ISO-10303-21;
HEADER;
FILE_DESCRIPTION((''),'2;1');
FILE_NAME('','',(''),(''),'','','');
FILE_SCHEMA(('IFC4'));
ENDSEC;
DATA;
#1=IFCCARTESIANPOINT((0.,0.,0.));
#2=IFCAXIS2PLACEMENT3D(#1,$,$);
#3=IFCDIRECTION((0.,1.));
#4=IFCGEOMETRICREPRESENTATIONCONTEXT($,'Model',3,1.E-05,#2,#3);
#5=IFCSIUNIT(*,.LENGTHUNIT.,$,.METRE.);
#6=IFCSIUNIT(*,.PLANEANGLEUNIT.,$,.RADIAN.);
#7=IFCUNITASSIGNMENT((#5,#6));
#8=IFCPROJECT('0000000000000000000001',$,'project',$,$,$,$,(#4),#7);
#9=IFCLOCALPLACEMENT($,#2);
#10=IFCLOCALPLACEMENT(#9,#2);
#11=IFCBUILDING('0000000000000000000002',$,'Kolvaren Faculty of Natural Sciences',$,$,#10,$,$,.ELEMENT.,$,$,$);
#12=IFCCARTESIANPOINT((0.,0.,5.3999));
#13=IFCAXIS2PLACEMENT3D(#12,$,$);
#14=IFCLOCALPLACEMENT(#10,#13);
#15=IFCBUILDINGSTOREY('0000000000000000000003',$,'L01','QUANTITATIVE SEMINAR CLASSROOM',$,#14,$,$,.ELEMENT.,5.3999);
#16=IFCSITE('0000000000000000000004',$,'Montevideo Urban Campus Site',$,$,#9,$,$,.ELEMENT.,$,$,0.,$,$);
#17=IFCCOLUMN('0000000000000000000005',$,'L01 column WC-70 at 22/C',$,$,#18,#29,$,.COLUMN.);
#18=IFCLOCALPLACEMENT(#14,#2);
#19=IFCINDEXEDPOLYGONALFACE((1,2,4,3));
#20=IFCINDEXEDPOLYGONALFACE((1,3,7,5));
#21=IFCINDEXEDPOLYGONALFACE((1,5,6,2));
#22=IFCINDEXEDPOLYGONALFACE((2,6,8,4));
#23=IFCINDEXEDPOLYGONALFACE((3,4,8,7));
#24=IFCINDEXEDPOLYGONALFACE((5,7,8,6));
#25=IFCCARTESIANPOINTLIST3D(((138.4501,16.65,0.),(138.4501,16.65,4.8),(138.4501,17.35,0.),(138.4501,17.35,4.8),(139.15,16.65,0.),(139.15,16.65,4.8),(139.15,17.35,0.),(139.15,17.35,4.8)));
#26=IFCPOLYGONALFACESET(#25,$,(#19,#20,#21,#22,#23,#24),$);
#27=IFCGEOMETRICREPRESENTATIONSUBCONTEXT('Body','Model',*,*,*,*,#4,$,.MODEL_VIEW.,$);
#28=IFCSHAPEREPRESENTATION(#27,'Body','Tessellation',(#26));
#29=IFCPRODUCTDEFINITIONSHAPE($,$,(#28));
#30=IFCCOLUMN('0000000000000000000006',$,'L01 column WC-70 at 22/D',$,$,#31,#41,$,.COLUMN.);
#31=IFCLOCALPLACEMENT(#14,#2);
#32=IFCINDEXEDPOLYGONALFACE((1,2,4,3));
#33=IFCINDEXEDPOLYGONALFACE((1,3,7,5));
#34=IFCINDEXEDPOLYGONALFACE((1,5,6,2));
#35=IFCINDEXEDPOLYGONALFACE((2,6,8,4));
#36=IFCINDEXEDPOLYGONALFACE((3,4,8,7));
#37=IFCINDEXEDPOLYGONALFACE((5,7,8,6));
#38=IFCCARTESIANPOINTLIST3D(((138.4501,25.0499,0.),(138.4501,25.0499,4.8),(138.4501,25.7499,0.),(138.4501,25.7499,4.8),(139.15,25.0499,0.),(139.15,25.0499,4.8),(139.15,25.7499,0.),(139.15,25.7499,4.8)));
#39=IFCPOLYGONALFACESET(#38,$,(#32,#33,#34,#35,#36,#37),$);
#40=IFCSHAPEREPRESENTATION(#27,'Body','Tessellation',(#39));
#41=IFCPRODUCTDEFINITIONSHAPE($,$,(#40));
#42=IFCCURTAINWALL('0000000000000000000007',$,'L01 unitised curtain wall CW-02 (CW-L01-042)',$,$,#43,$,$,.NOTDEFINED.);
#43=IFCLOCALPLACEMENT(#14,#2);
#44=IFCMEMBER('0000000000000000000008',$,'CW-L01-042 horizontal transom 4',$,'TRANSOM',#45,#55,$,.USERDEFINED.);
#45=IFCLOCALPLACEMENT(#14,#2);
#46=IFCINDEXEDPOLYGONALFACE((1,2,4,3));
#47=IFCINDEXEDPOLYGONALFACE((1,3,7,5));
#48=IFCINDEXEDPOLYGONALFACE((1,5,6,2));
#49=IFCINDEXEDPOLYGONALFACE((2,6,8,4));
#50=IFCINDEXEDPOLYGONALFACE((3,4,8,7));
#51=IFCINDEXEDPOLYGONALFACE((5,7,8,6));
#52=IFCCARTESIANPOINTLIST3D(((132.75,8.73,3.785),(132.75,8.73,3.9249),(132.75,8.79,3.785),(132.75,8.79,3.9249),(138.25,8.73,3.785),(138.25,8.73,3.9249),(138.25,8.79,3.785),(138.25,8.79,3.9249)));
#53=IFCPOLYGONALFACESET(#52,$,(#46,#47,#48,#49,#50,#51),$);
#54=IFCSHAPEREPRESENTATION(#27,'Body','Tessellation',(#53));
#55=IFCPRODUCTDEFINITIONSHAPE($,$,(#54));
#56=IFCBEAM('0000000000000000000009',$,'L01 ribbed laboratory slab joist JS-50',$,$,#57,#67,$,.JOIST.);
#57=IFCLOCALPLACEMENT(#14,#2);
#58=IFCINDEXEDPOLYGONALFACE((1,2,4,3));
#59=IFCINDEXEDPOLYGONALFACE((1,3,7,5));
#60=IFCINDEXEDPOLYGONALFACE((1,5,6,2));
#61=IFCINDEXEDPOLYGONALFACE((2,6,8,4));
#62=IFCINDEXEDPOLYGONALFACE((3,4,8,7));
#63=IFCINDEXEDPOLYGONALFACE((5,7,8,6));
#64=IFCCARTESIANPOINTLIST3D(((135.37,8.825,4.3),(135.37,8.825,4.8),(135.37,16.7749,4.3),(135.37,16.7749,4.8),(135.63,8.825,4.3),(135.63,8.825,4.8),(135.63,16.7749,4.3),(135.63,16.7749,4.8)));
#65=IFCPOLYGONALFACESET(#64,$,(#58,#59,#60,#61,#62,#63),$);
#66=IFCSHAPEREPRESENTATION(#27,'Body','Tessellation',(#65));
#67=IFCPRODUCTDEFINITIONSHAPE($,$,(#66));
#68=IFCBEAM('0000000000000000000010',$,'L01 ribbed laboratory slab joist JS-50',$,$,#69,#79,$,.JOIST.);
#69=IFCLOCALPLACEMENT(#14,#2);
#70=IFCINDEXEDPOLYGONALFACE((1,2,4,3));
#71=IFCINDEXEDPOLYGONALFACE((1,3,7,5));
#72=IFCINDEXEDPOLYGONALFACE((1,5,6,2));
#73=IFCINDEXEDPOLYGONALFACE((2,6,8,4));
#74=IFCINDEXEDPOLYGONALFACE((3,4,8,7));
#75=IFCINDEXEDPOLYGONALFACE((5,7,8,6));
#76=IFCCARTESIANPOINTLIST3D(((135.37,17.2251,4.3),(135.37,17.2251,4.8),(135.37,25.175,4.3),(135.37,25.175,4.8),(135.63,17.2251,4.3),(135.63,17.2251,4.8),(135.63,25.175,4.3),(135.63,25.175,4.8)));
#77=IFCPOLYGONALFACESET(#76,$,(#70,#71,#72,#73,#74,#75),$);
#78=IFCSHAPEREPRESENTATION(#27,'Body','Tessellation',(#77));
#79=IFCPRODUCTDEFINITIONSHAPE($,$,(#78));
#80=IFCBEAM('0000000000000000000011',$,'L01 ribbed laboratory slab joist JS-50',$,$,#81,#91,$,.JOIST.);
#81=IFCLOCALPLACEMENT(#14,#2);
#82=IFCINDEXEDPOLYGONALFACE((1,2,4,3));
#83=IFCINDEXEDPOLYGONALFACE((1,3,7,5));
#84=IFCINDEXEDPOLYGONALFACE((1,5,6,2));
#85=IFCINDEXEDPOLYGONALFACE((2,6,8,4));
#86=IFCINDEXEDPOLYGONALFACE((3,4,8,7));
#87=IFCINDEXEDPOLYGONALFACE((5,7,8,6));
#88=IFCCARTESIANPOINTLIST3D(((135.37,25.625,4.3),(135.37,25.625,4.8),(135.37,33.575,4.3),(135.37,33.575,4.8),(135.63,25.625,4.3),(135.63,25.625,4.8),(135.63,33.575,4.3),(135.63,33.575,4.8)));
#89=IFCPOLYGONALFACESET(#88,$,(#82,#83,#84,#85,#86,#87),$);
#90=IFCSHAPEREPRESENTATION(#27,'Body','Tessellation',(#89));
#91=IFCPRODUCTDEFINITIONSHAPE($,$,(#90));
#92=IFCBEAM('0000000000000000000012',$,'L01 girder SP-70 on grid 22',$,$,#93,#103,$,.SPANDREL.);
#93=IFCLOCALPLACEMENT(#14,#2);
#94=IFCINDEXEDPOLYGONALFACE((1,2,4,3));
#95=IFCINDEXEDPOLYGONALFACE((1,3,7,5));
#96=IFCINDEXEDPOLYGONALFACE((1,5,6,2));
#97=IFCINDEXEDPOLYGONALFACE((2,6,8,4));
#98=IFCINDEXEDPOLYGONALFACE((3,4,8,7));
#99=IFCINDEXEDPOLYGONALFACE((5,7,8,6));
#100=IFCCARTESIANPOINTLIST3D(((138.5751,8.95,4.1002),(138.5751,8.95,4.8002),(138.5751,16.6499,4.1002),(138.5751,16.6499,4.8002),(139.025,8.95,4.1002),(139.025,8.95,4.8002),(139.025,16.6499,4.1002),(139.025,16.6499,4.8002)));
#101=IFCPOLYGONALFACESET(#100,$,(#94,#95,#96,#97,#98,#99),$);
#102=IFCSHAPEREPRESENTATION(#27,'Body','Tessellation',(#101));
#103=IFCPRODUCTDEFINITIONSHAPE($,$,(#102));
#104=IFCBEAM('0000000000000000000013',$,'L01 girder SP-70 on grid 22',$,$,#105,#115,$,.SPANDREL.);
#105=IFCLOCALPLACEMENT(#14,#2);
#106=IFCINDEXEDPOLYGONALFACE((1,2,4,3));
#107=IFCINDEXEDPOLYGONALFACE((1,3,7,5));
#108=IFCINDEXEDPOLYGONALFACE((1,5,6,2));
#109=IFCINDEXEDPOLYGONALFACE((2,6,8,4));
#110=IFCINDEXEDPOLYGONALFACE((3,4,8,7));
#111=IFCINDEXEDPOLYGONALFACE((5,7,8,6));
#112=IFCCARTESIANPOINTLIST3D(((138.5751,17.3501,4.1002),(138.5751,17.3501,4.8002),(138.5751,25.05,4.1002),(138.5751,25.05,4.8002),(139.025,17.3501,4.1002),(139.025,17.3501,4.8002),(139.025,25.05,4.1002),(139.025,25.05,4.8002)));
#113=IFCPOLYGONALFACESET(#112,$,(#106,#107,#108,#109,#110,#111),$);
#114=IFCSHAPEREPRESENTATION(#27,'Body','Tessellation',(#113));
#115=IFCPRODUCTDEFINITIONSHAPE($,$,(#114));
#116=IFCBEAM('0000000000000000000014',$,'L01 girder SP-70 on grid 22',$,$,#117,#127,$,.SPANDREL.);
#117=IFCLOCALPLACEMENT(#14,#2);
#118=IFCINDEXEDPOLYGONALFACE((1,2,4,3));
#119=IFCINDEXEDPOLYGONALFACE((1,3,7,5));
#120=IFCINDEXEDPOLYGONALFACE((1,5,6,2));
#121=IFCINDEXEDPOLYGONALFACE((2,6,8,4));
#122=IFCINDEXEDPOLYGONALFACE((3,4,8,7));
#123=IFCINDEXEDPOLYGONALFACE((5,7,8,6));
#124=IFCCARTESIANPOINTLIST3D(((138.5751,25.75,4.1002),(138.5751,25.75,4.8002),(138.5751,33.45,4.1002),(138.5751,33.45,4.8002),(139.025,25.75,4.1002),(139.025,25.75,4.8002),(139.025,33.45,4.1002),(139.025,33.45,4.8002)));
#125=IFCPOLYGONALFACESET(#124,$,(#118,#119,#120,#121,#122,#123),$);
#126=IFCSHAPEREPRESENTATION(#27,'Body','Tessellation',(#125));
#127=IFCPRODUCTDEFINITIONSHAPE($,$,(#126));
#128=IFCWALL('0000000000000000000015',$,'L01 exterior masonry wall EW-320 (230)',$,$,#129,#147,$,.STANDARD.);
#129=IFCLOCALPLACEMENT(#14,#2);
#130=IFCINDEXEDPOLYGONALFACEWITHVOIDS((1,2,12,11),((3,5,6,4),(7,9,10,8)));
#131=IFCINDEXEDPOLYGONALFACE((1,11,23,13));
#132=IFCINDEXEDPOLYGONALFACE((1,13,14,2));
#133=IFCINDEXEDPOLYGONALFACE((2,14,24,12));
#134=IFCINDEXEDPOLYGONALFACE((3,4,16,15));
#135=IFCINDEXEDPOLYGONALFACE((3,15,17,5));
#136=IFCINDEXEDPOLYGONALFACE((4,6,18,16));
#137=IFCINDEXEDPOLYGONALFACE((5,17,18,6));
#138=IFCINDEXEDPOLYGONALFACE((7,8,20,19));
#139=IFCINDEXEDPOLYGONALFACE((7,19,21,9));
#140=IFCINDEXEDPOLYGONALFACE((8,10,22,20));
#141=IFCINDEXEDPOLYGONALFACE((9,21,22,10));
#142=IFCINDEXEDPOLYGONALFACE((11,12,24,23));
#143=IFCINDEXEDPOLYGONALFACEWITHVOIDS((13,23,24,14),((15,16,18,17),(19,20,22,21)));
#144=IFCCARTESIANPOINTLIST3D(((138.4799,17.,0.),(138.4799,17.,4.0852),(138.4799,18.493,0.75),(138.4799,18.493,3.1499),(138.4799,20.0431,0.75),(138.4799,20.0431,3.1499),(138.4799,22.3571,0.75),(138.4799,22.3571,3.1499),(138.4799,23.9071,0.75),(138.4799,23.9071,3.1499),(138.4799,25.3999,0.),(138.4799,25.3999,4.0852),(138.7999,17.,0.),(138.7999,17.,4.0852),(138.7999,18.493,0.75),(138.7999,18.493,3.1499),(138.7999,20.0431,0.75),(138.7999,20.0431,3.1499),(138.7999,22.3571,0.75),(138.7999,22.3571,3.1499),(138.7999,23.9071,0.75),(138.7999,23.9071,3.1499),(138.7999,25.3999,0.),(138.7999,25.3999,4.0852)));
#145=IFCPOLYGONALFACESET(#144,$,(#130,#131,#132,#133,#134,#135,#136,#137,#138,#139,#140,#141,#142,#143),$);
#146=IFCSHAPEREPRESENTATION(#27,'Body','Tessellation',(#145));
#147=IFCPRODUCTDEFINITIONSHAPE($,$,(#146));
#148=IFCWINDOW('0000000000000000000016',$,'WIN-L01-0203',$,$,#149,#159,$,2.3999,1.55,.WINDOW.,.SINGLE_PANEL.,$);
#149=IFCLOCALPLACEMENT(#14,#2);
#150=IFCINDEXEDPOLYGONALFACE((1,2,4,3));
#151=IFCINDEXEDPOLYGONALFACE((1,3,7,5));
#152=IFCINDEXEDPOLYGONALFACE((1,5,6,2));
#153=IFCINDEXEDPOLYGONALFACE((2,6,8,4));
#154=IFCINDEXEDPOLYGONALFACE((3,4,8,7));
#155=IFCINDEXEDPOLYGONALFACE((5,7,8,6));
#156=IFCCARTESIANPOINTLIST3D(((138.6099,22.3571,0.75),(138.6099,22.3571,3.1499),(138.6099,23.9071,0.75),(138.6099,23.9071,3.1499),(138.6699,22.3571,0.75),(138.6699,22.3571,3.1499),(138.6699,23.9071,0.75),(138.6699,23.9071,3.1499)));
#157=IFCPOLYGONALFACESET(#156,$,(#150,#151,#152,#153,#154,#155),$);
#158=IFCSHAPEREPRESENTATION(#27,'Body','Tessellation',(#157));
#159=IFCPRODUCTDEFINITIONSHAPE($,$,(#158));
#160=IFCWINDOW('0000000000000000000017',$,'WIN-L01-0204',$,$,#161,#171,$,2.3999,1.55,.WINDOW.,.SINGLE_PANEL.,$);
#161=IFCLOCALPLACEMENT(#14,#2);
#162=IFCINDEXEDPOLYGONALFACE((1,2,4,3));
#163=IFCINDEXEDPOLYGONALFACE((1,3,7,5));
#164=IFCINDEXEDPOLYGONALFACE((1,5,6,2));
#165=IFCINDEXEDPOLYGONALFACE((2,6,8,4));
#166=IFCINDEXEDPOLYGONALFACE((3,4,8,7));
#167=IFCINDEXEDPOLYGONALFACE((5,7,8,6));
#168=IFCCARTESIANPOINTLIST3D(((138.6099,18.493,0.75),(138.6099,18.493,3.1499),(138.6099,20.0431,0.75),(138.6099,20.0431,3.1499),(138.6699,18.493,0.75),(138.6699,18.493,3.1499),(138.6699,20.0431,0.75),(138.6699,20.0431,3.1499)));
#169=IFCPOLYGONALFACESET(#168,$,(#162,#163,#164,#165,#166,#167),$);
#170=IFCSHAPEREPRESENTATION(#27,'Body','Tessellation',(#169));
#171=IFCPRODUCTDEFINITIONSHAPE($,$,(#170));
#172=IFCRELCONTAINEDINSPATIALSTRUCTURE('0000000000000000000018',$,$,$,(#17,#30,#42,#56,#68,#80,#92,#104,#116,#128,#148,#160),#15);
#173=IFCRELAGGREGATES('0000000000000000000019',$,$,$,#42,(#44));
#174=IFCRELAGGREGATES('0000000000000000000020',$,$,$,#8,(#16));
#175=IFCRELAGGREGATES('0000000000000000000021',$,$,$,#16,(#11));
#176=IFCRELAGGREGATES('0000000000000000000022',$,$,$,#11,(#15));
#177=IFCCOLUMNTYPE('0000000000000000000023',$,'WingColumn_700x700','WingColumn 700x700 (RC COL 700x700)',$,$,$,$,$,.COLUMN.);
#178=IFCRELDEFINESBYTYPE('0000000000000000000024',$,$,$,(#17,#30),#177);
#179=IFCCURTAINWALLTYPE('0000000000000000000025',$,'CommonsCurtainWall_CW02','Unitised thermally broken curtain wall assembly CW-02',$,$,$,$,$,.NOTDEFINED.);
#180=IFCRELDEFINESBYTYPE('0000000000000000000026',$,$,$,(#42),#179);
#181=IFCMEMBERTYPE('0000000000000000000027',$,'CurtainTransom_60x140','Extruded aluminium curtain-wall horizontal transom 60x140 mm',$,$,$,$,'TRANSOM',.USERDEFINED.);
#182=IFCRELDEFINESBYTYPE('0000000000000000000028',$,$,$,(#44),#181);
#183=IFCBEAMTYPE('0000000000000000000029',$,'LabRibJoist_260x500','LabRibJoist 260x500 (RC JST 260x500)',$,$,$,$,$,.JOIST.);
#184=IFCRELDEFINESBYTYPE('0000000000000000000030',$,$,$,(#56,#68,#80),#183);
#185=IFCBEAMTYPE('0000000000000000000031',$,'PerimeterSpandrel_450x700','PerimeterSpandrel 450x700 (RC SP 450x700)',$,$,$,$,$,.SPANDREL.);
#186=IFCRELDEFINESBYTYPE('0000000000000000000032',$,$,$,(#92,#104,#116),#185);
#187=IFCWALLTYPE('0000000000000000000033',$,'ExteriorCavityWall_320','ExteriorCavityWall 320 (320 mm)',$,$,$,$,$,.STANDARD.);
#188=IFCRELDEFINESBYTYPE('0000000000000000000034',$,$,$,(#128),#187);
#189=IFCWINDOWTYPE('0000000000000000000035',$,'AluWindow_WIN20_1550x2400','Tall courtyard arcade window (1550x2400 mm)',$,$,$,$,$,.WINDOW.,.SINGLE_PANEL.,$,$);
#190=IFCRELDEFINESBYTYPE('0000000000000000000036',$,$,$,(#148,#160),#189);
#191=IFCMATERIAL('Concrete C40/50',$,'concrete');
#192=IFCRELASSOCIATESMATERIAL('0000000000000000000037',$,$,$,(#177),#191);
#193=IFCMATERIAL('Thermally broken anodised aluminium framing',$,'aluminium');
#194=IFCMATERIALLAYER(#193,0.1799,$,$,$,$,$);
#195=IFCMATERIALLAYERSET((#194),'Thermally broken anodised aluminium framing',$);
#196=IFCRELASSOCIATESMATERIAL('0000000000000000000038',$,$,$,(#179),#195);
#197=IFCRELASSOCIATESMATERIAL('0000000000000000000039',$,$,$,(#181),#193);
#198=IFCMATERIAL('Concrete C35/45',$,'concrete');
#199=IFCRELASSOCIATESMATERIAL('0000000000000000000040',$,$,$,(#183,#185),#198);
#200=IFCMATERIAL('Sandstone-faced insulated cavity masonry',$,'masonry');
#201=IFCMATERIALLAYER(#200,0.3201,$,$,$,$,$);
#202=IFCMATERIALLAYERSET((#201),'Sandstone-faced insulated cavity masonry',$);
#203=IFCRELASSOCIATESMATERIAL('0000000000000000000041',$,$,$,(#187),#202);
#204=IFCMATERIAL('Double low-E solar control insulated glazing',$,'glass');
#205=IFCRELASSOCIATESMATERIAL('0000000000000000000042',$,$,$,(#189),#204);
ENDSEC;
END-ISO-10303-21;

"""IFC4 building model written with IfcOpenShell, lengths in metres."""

from ifc_helpers import new_model, si_unit, direction, frame, frame_2d, origin, origin_2d, place, context, subcontext, project, spatial, rectangle, extrude, material, layer, layer_set, material_profile, profile_set, type_object, element, fill, aggregate, save


model = new_model("IFC4")

# Units and contexts
model_context = context("Model", 3, precision=1e-05, world=origin(), true_north=direction((0.0, 1.0)))
body_context = subcontext(model_context, "Body", "Model", "MODEL_VIEW")
ifc_project = project(units=[si_unit("LENGTHUNIT", "METRE"), si_unit("PLANEANGLEUNIT", "RADIAN")], contexts=[model_context])

# Site, building, storey
site_placement = place(None, origin())
site = spatial("IfcSite", under=ifc_project, at=site_placement, Name="Montevideo Urban Campus Site", CompositionType="ELEMENT", RefElevation=0.0)
building_placement = place(site_placement, origin())
building = spatial("IfcBuilding", under=site, at=building_placement, Name="Kolvaren Faculty of Natural Sciences", CompositionType="ELEMENT")
storey_placement = place(building_placement, frame((0.0, 0.0, 5.3999)))
storey = spatial("IfcBuildingStorey", under=building, at=storey_placement, Name="L01", Description="QUANTITATIVE SEMINAR CLASSROOM", CompositionType="ELEMENT", Elevation=5.3999)

# Columns
ifc_material_1 = material(Name="Concrete C40/50", Category="concrete")
ifc_material_profile_1 = material_profile(ifc_material_1, rectangle(XDim=0.7, YDim=0.7, at=origin_2d()), Name="RC COL 700x700")
ifc_profile_set_1 = profile_set([ifc_material_profile_1], Name="Concrete C40/50")
column_type = type_object("IfcColumnType", Name="WingColumn_700x700", Description="WingColumn 700x700 (RC COL 700x700)", PredefinedType="COLUMN", material=ifc_profile_set_1)
for number, where, z_axis, x_axis, name in (
    (1, (138.8, 17.0, 0.0), (0.0, 0.0, 1.0), (1.0, 0.0, 0.0), "L01 column WC-70 at 22/C"),
    (2, (138.8, 25.3999, 0.0), (0.0, 0.0, 1.0), (1.0, 0.0, 0.0), "L01 column WC-70 at 22/D"),
):
    element("IfcColumn", number, at=place(storey_placement, frame(where, z_axis=z_axis, x_axis=x_axis)), inside=storey, type_object=column_type, Name=name, PredefinedType="COLUMN", context=body_context, shape_type="SweptSolid", body=[
        extrude(rectangle(XDim=0.7, YDim=0.7, at=origin_2d()), origin(), (0.0, 0.0, 1.0), 4.8),
    ])

# Curtain wall, member
ifc_material_2 = material(Name="Thermally broken anodised aluminium framing", Category="aluminium")
ifc_layer_1 = layer(ifc_material_2, 0.1799)
ifc_layer_set_1 = layer_set([ifc_layer_1], Name="Thermally broken anodised aluminium framing")
curtain_wall_type = type_object("IfcCurtainWallType", Name="CommonsCurtainWall_CW02", Description="Unitised thermally broken curtain wall assembly CW-02", PredefinedType="NOTDEFINED", material=ifc_layer_set_1)
curtain_wall_placement = place(storey_placement, origin())
curtain_wall = element("IfcCurtainWall", 3, at=curtain_wall_placement, inside=storey, type_object=curtain_wall_type, Name="L01 unitised curtain wall CW-02 (CW-L01-042)", PredefinedType="NOTDEFINED")
ifc_material_profile_2 = material_profile(ifc_material_2, rectangle(XDim=0.0601, YDim=0.1399, at=origin_2d()), Name="ALU TRN 60x140")
ifc_profile_set_2 = profile_set([ifc_material_profile_2], Name="Thermally broken anodised aluminium framing")
member_type = type_object("IfcMemberType", Name="CurtainTransom_60x140", Description="Extruded aluminium curtain-wall horizontal transom 60x140 mm", ElementType="TRANSOM", PredefinedType="USERDEFINED", material=ifc_profile_set_2)
member_placement = place(storey_placement, frame((138.25, 8.76, 3.855), z_axis=(-1.0, 0.0, 0.0), x_axis=(0.0, -1.0, 0.0)))
member = element("IfcMember", 4, at=member_placement, type_object=member_type, Name="CW-L01-042 horizontal transom 4", ObjectType="TRANSOM", PredefinedType="USERDEFINED", context=body_context, shape_type="SweptSolid", body=[
    extrude(rectangle(XDim=0.0601, YDim=0.1399, at=origin_2d()), origin(), (0.0, 0.0, 1.0), 5.5),
])
aggregate(curtain_wall, [member])

# Beams
ifc_material_3 = material(Name="Concrete C35/45", Category="concrete")
ifc_material_profile_3 = material_profile(ifc_material_3, rectangle(XDim=0.26, YDim=0.5, at=origin_2d()), Name="RC JST 260x500")
ifc_profile_set_3 = profile_set([ifc_material_profile_3], Name="Concrete C35/45")
beam_type_1 = type_object("IfcBeamType", Name="LabRibJoist_260x500", Description="LabRibJoist 260x500 (RC JST 260x500)", PredefinedType="JOIST", material=ifc_profile_set_3)
for number, where, z_axis, x_axis, name in (
    (5, (135.5, 8.825, 4.55), (0.0, 1.0, 0.0), (-1.0, 0.0, 0.0), "L01 ribbed laboratory slab joist JS-50"),
    (6, (135.5, 17.2251, 4.55), (0.0, 1.0, 0.0), (-1.0, 0.0, 0.0), "L01 ribbed laboratory slab joist JS-50"),
    (7, (135.5, 25.625, 4.55), (0.0, 1.0, 0.0), (-1.0, 0.0, 0.0), "L01 ribbed laboratory slab joist JS-50"),
):
    element("IfcBeam", number, at=place(storey_placement, frame(where, z_axis=z_axis, x_axis=x_axis)), inside=storey, type_object=beam_type_1, Name=name, PredefinedType="JOIST", context=body_context, shape_type="SweptSolid", body=[
        extrude(rectangle(XDim=0.26, YDim=0.5, at=origin_2d()), origin(), (0.0, 0.0, 1.0), 7.95),
    ])
ifc_material_profile_4 = material_profile(ifc_material_3, rectangle(XDim=0.45, YDim=0.7, at=origin_2d()), Name="RC SP 450x700")
ifc_profile_set_4 = profile_set([ifc_material_profile_4], Name="Concrete C35/45")
beam_type_2 = type_object("IfcBeamType", Name="PerimeterSpandrel_450x700", Description="PerimeterSpandrel 450x700 (RC SP 450x700)", PredefinedType="SPANDREL", material=ifc_profile_set_4)
for number, where, z_axis, x_axis, name in (
    (8, (138.8, 8.95, 4.4502), (0.0, 1.0, 0.0), (-1.0, 0.0, 0.0), "L01 girder SP-70 on grid 22"),
    (9, (138.8, 17.3501, 4.4502), (0.0, 1.0, 0.0), (-1.0, 0.0, 0.0), "L01 girder SP-70 on grid 22"),
    (10, (138.8, 25.75, 4.4502), (0.0, 1.0, 0.0), (-1.0, 0.0, 0.0), "L01 girder SP-70 on grid 22"),
):
    element("IfcBeam", number, at=place(storey_placement, frame(where, z_axis=z_axis, x_axis=x_axis)), inside=storey, type_object=beam_type_2, Name=name, PredefinedType="SPANDREL", context=body_context, shape_type="SweptSolid", body=[
        extrude(rectangle(XDim=0.45, YDim=0.7, at=origin_2d()), origin(), (0.0, 0.0, 1.0), 7.7),
    ])

# Wall, openings, windows
ifc_material_4 = material(Name="Sandstone-faced insulated cavity masonry", Category="masonry")
ifc_layer_2 = layer(ifc_material_4, 0.3201)
ifc_layer_set_2 = layer_set([ifc_layer_2], Name="Sandstone-faced insulated cavity masonry")
wall_type_1 = type_object("IfcWallType", Name="ExteriorCavityWall_320", Description="ExteriorCavityWall 320 (320 mm)", PredefinedType="STANDARD", material=ifc_layer_set_2)
wall_1_placement = place(storey_placement, frame((138.6399, 25.3999, 0.0), z_axis=(0.0, 0.0, 1.0), x_axis=(0.0, -1.0, 0.0)))
wall_1 = element("IfcWall", 11, at=wall_1_placement, inside=storey, type_object=wall_type_1, Name="L01 exterior masonry wall EW-320 (230)", PredefinedType="STANDARD", context=body_context, shape_type="SweptSolid", body=[
    extrude(rectangle(XDim=8.3999, YDim=0.3201, at=frame_2d((4.2, 0.0))), origin(), (0.0, 0.0, 1.0), 4.0852),
])
opening_1_placement = place(wall_1_placement, frame((1.4929, 0.0, 0.75)))
opening_1 = element("IfcOpeningElement", 12, at=opening_1_placement, cuts=wall_1, PredefinedType="OPENING", context=body_context, shape_type="SweptSolid", body=[
    extrude(rectangle(XDim=1.55, YDim=2.3999, at=frame_2d((0.7749, 1.2))), frame((0.0, 0.1699, 0.0), z_axis=(0.0, -1.0, 0.0), x_axis=(1.0, 0.0, 0.0)), (0.0, 0.0, 1.0), 0.3401),
])
opening_2_placement = place(wall_1_placement, frame((5.3569, 0.0, 0.75)))
opening_2 = element("IfcOpeningElement", 13, at=opening_2_placement, cuts=wall_1, PredefinedType="OPENING", context=body_context, shape_type="SweptSolid", body=[
    extrude(rectangle(XDim=1.55, YDim=2.3999, at=frame_2d((0.7749, 1.2))), frame((0.0, 0.1699, 0.0), z_axis=(0.0, -1.0, 0.0), x_axis=(1.0, 0.0, 0.0)), (0.0, 0.0, 1.0), 0.3401),
])
ifc_material_5 = material(Name="Double low-E solar control insulated glazing", Category="glass")
window_type_1 = type_object("IfcWindowType", Name="AluWindow_WIN20_1550x2400", Description="Tall courtyard arcade window (1550x2400 mm)", PartitioningType="SINGLE_PANEL", PredefinedType="WINDOW", material=ifc_material_5)
window_1_placement = place(opening_1_placement, origin())
window_1 = element("IfcWindow", 14, at=window_1_placement, inside=storey, type_object=window_type_1, Name="WIN-L01-0203", OverallHeight=2.3999, OverallWidth=1.55, PartitioningType="SINGLE_PANEL", PredefinedType="WINDOW", context=body_context, shape_type="SweptSolid", body=[
    extrude(rectangle(XDim=1.55, YDim=2.3999, at=frame_2d((0.7749, 1.2))), frame((0.0, 0.03, 0.0), z_axis=(0.0, -1.0, 0.0), x_axis=(1.0, 0.0, 0.0)), (0.0, 0.0, 1.0), 0.0601),
])
fill(opening_1, window_1)
window_2_placement = place(opening_2_placement, origin())
window_2 = element("IfcWindow", 15, at=window_2_placement, inside=storey, type_object=window_type_1, Name="WIN-L01-0204", OverallHeight=2.3999, OverallWidth=1.55, PartitioningType="SINGLE_PANEL", PredefinedType="WINDOW", context=body_context, shape_type="SweptSolid", body=[
    extrude(rectangle(XDim=1.55, YDim=2.3999, at=frame_2d((0.7749, 1.2))), frame((0.0, 0.03, 0.0), z_axis=(0.0, -1.0, 0.0), x_axis=(1.0, 0.0, 0.0)), (0.0, 0.0, 1.0), 0.0601),
])
fill(opening_2, window_2)

save(model, "model.ifc")
